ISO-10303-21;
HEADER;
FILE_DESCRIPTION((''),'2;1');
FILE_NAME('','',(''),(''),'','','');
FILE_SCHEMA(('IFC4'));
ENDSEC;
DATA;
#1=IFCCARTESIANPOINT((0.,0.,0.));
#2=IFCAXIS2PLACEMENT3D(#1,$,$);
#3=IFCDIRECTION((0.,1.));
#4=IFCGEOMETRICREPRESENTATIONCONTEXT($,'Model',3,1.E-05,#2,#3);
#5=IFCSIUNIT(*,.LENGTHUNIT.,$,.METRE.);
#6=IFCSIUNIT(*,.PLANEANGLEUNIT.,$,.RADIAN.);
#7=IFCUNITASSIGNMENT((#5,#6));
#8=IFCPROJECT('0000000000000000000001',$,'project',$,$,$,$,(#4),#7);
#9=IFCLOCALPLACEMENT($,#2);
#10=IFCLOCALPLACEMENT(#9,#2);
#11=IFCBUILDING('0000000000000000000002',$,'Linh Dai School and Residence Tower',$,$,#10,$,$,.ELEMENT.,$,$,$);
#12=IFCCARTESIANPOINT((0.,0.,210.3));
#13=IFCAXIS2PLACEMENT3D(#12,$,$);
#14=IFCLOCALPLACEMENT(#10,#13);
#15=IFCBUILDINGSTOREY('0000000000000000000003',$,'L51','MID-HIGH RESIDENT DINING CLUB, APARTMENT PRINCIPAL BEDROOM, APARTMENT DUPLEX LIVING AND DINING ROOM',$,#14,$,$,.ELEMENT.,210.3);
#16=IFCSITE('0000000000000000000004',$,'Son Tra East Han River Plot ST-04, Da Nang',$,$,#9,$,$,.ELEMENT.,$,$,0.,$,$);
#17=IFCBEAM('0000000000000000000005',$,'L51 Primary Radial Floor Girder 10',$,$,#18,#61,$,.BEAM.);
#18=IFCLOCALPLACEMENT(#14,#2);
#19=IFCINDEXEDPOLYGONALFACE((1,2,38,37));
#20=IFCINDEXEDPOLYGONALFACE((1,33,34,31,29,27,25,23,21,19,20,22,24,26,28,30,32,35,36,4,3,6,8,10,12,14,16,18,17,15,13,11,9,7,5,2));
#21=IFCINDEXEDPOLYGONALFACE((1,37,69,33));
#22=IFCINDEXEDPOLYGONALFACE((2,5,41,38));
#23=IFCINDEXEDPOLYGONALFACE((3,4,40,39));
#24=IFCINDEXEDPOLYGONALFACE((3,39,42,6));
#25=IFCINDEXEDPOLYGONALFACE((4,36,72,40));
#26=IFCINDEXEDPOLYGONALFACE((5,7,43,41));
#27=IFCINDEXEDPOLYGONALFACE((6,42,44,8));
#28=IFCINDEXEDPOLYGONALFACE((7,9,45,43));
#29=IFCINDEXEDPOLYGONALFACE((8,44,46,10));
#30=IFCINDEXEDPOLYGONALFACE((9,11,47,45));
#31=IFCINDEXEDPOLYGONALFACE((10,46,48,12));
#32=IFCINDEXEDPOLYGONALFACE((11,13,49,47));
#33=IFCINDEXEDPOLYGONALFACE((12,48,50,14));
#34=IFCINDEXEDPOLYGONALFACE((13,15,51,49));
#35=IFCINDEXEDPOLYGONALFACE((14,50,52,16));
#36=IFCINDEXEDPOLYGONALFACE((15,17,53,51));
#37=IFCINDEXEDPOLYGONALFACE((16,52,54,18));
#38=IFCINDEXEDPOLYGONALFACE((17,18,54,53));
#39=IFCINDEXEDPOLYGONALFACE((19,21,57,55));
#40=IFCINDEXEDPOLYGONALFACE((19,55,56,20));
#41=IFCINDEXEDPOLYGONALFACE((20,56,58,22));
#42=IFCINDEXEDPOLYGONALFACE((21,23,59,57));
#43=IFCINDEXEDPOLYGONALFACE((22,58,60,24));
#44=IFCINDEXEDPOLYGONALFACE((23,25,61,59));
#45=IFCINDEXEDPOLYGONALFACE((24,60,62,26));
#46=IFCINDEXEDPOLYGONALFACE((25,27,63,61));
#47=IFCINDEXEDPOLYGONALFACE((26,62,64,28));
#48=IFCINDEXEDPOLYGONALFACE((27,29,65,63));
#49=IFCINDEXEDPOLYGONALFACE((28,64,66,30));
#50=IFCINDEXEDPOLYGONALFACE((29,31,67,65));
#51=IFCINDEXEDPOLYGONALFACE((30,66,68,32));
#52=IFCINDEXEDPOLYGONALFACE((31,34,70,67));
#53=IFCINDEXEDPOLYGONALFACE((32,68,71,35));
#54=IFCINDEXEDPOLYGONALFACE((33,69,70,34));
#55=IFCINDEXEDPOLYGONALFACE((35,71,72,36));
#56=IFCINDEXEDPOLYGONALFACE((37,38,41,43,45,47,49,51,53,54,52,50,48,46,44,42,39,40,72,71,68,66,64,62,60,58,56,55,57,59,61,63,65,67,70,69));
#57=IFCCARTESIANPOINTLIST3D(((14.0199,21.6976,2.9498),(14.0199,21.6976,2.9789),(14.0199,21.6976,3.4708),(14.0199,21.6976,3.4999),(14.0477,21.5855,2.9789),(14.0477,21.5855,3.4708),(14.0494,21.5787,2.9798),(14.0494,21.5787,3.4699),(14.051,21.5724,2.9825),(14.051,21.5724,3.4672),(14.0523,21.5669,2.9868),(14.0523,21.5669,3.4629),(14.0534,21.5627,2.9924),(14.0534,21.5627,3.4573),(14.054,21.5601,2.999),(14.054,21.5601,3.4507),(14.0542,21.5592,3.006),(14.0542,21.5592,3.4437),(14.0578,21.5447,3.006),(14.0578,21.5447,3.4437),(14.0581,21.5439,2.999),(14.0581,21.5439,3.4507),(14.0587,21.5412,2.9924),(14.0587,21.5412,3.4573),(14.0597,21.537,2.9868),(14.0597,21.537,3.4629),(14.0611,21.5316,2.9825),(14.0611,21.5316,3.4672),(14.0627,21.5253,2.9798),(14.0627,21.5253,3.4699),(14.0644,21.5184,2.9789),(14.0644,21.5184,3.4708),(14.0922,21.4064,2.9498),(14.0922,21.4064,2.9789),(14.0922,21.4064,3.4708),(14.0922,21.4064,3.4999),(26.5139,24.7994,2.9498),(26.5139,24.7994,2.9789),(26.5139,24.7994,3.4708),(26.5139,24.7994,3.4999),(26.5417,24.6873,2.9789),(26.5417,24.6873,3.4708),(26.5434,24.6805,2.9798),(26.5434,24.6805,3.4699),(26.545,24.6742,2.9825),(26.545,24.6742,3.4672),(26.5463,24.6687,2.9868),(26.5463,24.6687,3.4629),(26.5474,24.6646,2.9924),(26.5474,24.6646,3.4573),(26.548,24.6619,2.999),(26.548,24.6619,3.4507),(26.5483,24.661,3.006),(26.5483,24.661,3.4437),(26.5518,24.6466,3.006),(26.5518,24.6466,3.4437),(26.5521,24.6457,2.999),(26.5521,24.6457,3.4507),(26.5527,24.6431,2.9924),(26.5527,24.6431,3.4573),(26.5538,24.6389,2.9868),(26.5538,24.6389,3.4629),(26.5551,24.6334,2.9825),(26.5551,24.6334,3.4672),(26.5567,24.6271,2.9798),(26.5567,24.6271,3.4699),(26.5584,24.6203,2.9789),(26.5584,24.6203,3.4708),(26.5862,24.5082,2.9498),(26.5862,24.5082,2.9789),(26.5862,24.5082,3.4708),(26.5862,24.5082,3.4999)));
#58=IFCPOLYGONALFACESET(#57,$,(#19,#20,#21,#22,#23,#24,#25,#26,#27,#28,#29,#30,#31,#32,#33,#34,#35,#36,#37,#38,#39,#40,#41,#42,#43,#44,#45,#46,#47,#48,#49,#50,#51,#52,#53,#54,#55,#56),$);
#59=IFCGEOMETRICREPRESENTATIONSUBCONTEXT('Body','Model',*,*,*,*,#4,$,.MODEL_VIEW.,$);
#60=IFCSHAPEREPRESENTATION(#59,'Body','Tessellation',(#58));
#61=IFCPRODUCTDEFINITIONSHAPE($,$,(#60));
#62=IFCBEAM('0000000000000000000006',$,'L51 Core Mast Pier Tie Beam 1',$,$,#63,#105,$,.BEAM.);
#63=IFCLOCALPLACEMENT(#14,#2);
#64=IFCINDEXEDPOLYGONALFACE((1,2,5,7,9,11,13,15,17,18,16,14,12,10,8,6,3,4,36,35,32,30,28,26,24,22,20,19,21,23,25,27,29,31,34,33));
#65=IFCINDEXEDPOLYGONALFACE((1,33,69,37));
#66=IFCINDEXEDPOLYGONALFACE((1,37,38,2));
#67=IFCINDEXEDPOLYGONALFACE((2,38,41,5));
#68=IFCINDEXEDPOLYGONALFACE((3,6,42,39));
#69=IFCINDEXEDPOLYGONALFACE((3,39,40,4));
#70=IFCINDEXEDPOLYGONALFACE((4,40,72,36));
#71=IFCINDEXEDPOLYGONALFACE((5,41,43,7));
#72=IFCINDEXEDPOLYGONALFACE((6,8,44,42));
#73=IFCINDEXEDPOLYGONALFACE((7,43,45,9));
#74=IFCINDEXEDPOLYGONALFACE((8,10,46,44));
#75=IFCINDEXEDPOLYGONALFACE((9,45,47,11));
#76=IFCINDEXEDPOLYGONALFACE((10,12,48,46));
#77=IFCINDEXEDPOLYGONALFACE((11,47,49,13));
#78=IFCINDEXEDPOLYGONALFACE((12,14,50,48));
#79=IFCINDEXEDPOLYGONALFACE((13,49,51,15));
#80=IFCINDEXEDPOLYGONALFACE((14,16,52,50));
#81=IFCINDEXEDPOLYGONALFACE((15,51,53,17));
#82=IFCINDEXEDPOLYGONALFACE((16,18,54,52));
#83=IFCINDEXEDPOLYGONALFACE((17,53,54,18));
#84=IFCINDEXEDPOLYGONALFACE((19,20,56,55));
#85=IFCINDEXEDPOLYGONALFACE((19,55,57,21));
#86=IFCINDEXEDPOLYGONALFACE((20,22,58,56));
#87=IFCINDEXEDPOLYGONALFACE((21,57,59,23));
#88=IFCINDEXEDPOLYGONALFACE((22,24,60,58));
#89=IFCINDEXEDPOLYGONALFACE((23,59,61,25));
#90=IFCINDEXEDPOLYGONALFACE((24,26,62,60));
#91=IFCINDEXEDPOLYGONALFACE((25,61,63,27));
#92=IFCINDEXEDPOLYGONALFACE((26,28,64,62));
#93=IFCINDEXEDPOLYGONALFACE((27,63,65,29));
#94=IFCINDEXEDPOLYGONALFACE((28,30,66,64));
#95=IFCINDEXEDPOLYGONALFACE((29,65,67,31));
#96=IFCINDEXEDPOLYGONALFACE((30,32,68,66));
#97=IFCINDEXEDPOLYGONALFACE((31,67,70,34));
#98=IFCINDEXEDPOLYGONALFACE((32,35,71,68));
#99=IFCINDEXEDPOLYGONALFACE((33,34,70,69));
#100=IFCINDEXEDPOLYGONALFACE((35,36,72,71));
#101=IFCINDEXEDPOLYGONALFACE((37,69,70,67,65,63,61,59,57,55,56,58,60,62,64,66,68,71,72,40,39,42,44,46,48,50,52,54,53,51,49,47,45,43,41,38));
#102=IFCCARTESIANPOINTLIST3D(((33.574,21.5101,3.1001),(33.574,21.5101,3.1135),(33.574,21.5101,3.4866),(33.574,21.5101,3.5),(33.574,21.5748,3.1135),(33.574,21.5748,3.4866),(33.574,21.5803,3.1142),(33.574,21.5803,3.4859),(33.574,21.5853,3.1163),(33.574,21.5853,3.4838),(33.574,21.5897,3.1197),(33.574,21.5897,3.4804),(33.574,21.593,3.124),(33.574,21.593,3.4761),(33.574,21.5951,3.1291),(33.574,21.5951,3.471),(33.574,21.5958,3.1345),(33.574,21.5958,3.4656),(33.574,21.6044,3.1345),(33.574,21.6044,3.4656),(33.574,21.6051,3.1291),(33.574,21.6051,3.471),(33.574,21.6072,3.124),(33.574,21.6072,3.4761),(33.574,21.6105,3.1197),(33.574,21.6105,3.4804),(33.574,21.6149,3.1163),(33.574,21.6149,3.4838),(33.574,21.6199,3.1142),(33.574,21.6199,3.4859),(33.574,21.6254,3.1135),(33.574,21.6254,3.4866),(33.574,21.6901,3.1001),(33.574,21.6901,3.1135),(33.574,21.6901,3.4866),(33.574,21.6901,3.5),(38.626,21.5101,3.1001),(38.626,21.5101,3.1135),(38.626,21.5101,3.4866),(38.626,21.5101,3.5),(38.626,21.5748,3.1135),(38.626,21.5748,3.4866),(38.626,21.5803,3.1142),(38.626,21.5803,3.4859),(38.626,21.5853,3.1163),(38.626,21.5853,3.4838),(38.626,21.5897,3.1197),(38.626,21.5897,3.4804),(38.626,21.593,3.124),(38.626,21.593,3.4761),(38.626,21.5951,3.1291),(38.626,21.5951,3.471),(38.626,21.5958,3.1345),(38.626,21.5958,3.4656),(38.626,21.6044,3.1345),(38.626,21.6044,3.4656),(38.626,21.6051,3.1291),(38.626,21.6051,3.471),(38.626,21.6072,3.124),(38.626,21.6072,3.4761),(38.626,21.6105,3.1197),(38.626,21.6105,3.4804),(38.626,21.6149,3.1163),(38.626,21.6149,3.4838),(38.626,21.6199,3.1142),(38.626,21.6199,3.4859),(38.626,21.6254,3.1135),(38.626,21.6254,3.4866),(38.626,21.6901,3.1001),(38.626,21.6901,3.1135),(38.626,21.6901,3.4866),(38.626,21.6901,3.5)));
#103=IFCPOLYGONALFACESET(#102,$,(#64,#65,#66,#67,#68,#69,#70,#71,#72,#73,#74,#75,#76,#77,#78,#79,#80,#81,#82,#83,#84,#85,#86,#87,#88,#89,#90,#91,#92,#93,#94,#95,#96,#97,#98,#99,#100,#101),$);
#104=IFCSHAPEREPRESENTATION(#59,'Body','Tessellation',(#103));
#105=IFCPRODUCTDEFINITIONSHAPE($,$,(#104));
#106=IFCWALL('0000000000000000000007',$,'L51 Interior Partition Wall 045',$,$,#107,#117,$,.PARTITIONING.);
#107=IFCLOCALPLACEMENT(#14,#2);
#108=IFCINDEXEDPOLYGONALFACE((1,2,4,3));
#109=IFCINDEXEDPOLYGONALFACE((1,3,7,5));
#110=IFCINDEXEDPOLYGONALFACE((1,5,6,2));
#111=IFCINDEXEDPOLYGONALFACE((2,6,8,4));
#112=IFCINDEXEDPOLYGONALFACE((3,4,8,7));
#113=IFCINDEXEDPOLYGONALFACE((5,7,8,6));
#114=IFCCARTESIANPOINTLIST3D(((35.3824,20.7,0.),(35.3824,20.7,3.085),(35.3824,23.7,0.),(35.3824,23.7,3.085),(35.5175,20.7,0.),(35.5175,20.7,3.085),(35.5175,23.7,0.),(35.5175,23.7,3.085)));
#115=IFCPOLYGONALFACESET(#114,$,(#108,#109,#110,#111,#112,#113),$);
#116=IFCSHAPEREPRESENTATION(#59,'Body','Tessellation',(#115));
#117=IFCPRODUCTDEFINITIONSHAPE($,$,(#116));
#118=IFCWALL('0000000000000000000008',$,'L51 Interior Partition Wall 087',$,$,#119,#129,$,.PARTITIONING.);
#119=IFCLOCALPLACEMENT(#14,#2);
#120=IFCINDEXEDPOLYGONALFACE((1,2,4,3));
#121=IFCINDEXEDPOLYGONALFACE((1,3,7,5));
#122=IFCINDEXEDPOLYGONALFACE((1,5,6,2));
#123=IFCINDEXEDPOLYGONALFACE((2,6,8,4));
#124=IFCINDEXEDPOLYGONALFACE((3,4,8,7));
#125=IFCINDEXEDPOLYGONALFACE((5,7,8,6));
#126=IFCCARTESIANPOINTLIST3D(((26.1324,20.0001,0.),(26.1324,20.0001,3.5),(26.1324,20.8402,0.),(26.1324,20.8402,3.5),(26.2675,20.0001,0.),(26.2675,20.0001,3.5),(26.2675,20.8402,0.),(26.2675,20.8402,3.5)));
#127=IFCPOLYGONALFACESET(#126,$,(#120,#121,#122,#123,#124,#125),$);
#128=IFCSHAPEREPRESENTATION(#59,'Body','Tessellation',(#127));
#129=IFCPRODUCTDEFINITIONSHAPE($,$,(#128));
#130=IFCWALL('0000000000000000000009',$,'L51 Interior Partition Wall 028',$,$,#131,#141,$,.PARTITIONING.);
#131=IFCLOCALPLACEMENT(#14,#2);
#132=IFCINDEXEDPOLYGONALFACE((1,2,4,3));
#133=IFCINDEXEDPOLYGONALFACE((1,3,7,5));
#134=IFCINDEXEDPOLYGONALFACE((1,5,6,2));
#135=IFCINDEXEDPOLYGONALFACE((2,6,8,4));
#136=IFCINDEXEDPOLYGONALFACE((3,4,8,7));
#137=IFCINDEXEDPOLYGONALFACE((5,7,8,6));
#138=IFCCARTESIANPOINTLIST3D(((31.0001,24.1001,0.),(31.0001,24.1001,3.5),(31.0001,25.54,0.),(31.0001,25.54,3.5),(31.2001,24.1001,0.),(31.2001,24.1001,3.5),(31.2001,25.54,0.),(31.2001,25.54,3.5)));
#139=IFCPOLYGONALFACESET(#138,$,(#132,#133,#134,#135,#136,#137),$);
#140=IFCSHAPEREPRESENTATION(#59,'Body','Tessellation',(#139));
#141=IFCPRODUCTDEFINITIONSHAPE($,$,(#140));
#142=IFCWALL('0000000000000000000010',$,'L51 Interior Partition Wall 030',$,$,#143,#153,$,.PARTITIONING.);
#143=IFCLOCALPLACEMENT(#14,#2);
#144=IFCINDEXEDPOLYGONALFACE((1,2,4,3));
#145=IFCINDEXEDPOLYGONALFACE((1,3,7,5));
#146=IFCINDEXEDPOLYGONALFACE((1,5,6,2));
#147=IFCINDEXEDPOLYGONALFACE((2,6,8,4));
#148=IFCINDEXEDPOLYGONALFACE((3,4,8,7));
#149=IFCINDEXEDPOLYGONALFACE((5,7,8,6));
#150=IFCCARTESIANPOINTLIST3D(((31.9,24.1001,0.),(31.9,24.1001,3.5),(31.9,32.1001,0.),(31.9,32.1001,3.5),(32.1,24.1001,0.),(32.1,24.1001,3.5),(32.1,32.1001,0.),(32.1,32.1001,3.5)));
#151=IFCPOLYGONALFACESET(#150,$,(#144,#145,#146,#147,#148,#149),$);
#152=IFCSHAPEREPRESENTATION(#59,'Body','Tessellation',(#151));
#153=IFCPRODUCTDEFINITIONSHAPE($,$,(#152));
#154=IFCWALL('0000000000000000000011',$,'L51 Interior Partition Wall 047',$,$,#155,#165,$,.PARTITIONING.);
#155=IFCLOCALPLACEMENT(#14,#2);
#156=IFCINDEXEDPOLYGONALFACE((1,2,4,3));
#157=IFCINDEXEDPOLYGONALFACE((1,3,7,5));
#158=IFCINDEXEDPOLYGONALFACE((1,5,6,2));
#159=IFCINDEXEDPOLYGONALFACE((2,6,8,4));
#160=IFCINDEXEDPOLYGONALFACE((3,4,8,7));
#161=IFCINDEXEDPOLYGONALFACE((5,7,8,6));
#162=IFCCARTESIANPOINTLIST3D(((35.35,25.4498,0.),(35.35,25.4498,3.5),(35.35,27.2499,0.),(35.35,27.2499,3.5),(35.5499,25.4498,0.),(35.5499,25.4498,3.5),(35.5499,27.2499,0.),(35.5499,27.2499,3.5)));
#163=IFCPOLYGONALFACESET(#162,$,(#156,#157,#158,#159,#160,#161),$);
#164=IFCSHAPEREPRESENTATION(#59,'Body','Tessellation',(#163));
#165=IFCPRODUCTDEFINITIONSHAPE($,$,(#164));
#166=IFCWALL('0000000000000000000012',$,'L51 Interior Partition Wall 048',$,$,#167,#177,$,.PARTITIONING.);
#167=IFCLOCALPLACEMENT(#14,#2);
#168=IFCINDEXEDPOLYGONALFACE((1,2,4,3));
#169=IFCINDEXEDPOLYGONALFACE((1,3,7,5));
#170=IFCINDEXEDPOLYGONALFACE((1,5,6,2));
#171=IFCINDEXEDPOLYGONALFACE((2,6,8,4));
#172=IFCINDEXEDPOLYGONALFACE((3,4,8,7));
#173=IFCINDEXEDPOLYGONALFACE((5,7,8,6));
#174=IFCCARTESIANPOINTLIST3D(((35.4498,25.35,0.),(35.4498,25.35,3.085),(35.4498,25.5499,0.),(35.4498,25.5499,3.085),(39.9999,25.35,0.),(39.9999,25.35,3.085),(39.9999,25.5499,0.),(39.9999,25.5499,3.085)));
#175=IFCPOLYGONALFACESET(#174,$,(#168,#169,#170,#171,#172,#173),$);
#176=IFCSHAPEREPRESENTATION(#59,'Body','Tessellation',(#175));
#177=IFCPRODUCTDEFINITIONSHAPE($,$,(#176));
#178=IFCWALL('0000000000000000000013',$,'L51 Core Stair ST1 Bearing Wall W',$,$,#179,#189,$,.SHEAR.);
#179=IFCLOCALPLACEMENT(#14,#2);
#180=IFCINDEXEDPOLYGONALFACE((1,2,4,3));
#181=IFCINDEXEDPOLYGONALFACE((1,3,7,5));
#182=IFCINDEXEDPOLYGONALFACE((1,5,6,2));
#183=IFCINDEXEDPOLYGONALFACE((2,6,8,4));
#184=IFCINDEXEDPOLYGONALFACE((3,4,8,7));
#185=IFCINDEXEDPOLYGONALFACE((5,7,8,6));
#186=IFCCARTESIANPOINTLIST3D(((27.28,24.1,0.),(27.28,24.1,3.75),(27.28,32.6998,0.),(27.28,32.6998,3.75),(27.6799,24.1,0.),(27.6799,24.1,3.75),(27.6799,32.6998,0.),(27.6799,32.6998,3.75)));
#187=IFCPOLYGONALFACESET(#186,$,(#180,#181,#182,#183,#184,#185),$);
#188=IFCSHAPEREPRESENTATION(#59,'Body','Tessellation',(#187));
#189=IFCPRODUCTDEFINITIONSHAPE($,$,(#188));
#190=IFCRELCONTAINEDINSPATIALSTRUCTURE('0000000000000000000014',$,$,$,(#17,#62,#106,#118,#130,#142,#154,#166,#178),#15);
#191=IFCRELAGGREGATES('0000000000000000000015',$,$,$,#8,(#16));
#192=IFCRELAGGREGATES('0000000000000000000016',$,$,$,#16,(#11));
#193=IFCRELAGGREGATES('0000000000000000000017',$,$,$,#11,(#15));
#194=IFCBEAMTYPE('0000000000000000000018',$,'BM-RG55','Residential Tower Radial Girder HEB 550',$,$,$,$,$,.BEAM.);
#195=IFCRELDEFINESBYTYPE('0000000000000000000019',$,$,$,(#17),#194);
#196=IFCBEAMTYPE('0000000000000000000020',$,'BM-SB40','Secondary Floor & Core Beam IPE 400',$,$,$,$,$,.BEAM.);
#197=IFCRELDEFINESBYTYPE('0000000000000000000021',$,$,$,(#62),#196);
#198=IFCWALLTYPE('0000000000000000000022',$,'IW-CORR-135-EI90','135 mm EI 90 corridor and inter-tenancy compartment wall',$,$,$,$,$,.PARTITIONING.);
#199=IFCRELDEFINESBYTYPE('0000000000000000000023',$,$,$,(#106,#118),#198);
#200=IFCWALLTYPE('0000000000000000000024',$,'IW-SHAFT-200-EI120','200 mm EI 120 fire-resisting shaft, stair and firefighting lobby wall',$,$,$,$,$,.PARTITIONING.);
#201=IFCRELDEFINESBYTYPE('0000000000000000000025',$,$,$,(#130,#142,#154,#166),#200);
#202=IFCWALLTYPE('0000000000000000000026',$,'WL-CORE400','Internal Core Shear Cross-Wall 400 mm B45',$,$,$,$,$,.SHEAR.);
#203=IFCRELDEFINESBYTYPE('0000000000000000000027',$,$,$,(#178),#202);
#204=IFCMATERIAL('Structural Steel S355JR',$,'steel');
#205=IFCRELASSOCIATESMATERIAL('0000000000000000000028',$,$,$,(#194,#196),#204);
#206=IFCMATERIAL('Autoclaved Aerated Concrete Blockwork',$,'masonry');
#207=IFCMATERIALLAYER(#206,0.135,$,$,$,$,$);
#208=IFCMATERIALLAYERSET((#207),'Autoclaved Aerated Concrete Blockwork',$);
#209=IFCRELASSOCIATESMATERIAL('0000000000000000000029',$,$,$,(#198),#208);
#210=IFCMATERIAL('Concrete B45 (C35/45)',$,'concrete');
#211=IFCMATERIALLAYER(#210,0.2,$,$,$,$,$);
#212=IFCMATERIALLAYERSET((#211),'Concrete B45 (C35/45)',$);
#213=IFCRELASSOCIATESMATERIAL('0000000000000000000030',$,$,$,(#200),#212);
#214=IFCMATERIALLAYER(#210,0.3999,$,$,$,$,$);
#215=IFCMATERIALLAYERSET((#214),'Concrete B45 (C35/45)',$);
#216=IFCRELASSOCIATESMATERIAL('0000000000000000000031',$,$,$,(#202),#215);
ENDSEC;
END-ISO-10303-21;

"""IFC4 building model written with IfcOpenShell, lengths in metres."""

from ifc_helpers import new_model, si_unit, direction, frame, frame_2d, origin, origin_2d, place, context, subcontext, project, spatial, rectangle, i_section, extrude, material, layer, layer_set, material_profile, profile_set, type_object, element, save


model = new_model("IFC4")

# Units and contexts
model_context = context("Model", 3, precision=1e-05, world=origin(), true_north=direction((0.0, 1.0)))
body_context = subcontext(model_context, "Body", "Model", "MODEL_VIEW")
ifc_project = project(units=[si_unit("LENGTHUNIT", "METRE"), si_unit("PLANEANGLEUNIT", "RADIAN")], contexts=[model_context])

# Site, building, storey
site_placement = place(None, origin())
site = spatial("IfcSite", under=ifc_project, at=site_placement, Name="Son Tra East Han River Plot ST-04, Da Nang", CompositionType="ELEMENT", RefElevation=0.0)
building_placement = place(site_placement, origin())
building = spatial("IfcBuilding", under=site, at=building_placement, Name="Linh Dai School and Residence Tower", CompositionType="ELEMENT")
storey_placement = place(building_placement, frame((0.0, 0.0, 210.3)))
storey = spatial("IfcBuildingStorey", under=building, at=storey_placement, Name="L51", Description="MID-HIGH RESIDENT DINING CLUB, APARTMENT PRINCIPAL BEDROOM, APARTMENT DUPLEX LIVING AND DINING ROOM", CompositionType="ELEMENT", Elevation=210.3)

# Shared definitions
ifc_material_1 = material(Name="Structural Steel S355JR", Category="steel")

# Beams
ifc_material_profile_1 = material_profile(ifc_material_1, i_section(OverallWidth=0.3, OverallDepth=0.55, WebThickness=0.0149, FlangeThickness=0.0291, FilletRadius=0.0271, at=origin_2d()), Name="HEB 550")
ifc_profile_set_1 = profile_set([ifc_material_profile_1], Name="Structural Steel S355JR")
beam_type_1 = type_object("IfcBeamType", Name="BM-RG55", Description="Residential Tower Radial Girder HEB 550", PredefinedType="BEAM", material=ifc_profile_set_1)
beam_1_placement = place(storey_placement, frame((26.55, 24.6538, 3.2249), z_axis=(-0.970537, -0.240951, 0.0), x_axis=(0.240951, -0.970537, 0.0)))
element("IfcBeam", 1, at=beam_1_placement, inside=storey, type_object=beam_type_1, Name="L51 Primary Radial Floor Girder 10", PredefinedType="BEAM", context=body_context, shape_type="SweptSolid", body=[
    extrude(i_section(OverallWidth=0.3, OverallDepth=0.55, WebThickness=0.0149, FlangeThickness=0.0291, FilletRadius=0.0271, at=origin_2d()), origin(), (0.0, 0.0, 1.0), 12.8733),
])
ifc_material_profile_2 = material_profile(ifc_material_1, i_section(OverallWidth=0.1799, OverallDepth=0.3999, WebThickness=0.0085, FlangeThickness=0.0134, FilletRadius=0.021, at=origin_2d()), Name="IPE 400")
ifc_profile_set_2 = profile_set([ifc_material_profile_2], Name="Structural Steel S355JR")
beam_type_2 = type_object("IfcBeamType", Name="BM-SB40", Description="Secondary Floor & Core Beam IPE 400", PredefinedType="BEAM", material=ifc_profile_set_2)
beam_2_placement = place(storey_placement, frame((33.574, 21.6001, 3.3), z_axis=(1.0, 0.0, 0.0), x_axis=(0.0, 1.0, 0.0)))
element("IfcBeam", 2, at=beam_2_placement, inside=storey, type_object=beam_type_2, Name="L51 Core Mast Pier Tie Beam 1", PredefinedType="BEAM", context=body_context, shape_type="SweptSolid", body=[
    extrude(i_section(OverallWidth=0.1799, OverallDepth=0.3999, WebThickness=0.0085, FlangeThickness=0.0134, FilletRadius=0.021, at=origin_2d()), origin(), (0.0, 0.0, 1.0), 5.052),
])

# Wall
ifc_material_2 = material(Name="Autoclaved Aerated Concrete Blockwork", Category="masonry")
ifc_layer_1 = layer(ifc_material_2, 0.135)
ifc_layer_set_1 = layer_set([ifc_layer_1], Name="Autoclaved Aerated Concrete Blockwork")
wall_type_1 = type_object("IfcWallType", Name="IW-CORR-135-EI90", Description="135 mm EI 90 corridor and inter-tenancy compartment wall", PredefinedType="PARTITIONING", material=ifc_layer_set_1)
wall_1_placement = place(storey_placement, frame((35.45, 20.7, 0.0), z_axis=(0.0, 0.0, 1.0), x_axis=(0.0, 1.0, 0.0)))
element("IfcWall", 3, at=wall_1_placement, inside=storey, type_object=wall_type_1, Name="L51 Interior Partition Wall 045", PredefinedType="PARTITIONING", context=body_context, shape_type="SweptSolid", body=[
    extrude(rectangle(XDim=3.0, YDim=0.135, at=frame_2d((1.5, 0.0))), origin(), (0.0, 0.0, 1.0), 3.085),
])

# Wall
wall_2_placement = place(storey_placement, frame((26.2, 20.8401, 0.0), z_axis=(0.0, 0.0, 1.0), x_axis=(0.0, -1.0, 0.0)))
element("IfcWall", 4, at=wall_2_placement, inside=storey, type_object=wall_type_1, Name="L51 Interior Partition Wall 087", PredefinedType="PARTITIONING", context=body_context, shape_type="SweptSolid", body=[
    extrude(rectangle(XDim=0.8401, YDim=0.135, at=frame_2d((0.4199, 0.0))), origin(), (0.0, 0.0, 1.0), 3.5),
])

# Shared definitions
ifc_material_3 = material(Name="Concrete B45 (C35/45)", Category="concrete")
ifc_layer_2 = layer(ifc_material_3, 0.2)
ifc_layer_set_2 = layer_set([ifc_layer_2], Name="Concrete B45 (C35/45)")
wall_type_2 = type_object("IfcWallType", Name="IW-SHAFT-200-EI120", Description="200 mm EI 120 fire-resisting shaft, stair and firefighting lobby wall", PredefinedType="PARTITIONING", material=ifc_layer_set_2)

# Walls
wall_3_placement = place(storey_placement, frame((31.1001, 24.1001, 0.0), z_axis=(0.0, 0.0, 1.0), x_axis=(0.0, 1.0, 0.0)))
element("IfcWall", 5, at=wall_3_placement, inside=storey, type_object=wall_type_2, Name="L51 Interior Partition Wall 028", PredefinedType="PARTITIONING", context=body_context, shape_type="SweptSolid", body=[
    extrude(rectangle(XDim=1.4399, YDim=0.2, at=frame_2d((0.72, 0.0))), origin(), (0.0, 0.0, 1.0), 3.5),
])
wall_4_placement = place(storey_placement, frame((32.0, 24.1001, 0.0), z_axis=(0.0, 0.0, 1.0), x_axis=(0.0, 1.0, 0.0)))
element("IfcWall", 6, at=wall_4_placement, inside=storey, type_object=wall_type_2, Name="L51 Interior Partition Wall 030", PredefinedType="PARTITIONING", context=body_context, shape_type="SweptSolid", body=[
    extrude(rectangle(XDim=8.0, YDim=0.2, at=frame_2d((4.0, 0.0))), origin(), (0.0, 0.0, 1.0), 3.5),
])

# Walls
wall_5_placement = place(storey_placement, frame((35.45, 25.45, 0.0), z_axis=(0.0, 0.0, 1.0), x_axis=(0.0, 1.0, 0.0)))
element("IfcWall", 7, at=wall_5_placement, inside=storey, type_object=wall_type_2, Name="L51 Interior Partition Wall 047", PredefinedType="PARTITIONING", context=body_context, shape_type="SweptSolid", body=[
    extrude(rectangle(XDim=1.8, YDim=0.2, at=frame_2d((0.8999, 0.0))), origin(), (0.0, 0.0, 1.0), 3.5),
])
wall_6_placement = place(storey_placement, frame((35.45, 25.45, 0.0), z_axis=(0.0, 0.0, 1.0), x_axis=(1.0, 0.0, 0.0)))
element("IfcWall", 8, at=wall_6_placement, inside=storey, type_object=wall_type_2, Name="L51 Interior Partition Wall 048", PredefinedType="PARTITIONING", context=body_context, shape_type="SweptSolid", body=[
    extrude(rectangle(XDim=4.55, YDim=0.2, at=frame_2d((2.2749, 0.0))), origin(), (0.0, 0.0, 1.0), 3.085),
])
ifc_layer_3 = layer(ifc_material_3, 0.3999)
ifc_layer_set_3 = layer_set([ifc_layer_3], Name="Concrete B45 (C35/45)")
wall_type_3 = type_object("IfcWallType", Name="WL-CORE400", Description="Internal Core Shear Cross-Wall 400 mm B45", PredefinedType="SHEAR", material=ifc_layer_set_3)
wall_7_placement = place(storey_placement, frame((27.48, 24.1001, 0.0), z_axis=(0.0, 0.0, 1.0), x_axis=(0.0, 1.0, 0.0)))
element("IfcWall", 9, at=wall_7_placement, inside=storey, type_object=wall_type_3, Name="L51 Core Stair ST1 Bearing Wall W", PredefinedType="SHEAR", context=body_context, shape_type="SweptSolid", body=[
    extrude(rectangle(XDim=8.5999, YDim=0.3999, at=frame_2d((4.2998, 0.0))), origin(), (0.0, 0.0, 1.0), 3.75),
])

save(model, "model.ifc")
